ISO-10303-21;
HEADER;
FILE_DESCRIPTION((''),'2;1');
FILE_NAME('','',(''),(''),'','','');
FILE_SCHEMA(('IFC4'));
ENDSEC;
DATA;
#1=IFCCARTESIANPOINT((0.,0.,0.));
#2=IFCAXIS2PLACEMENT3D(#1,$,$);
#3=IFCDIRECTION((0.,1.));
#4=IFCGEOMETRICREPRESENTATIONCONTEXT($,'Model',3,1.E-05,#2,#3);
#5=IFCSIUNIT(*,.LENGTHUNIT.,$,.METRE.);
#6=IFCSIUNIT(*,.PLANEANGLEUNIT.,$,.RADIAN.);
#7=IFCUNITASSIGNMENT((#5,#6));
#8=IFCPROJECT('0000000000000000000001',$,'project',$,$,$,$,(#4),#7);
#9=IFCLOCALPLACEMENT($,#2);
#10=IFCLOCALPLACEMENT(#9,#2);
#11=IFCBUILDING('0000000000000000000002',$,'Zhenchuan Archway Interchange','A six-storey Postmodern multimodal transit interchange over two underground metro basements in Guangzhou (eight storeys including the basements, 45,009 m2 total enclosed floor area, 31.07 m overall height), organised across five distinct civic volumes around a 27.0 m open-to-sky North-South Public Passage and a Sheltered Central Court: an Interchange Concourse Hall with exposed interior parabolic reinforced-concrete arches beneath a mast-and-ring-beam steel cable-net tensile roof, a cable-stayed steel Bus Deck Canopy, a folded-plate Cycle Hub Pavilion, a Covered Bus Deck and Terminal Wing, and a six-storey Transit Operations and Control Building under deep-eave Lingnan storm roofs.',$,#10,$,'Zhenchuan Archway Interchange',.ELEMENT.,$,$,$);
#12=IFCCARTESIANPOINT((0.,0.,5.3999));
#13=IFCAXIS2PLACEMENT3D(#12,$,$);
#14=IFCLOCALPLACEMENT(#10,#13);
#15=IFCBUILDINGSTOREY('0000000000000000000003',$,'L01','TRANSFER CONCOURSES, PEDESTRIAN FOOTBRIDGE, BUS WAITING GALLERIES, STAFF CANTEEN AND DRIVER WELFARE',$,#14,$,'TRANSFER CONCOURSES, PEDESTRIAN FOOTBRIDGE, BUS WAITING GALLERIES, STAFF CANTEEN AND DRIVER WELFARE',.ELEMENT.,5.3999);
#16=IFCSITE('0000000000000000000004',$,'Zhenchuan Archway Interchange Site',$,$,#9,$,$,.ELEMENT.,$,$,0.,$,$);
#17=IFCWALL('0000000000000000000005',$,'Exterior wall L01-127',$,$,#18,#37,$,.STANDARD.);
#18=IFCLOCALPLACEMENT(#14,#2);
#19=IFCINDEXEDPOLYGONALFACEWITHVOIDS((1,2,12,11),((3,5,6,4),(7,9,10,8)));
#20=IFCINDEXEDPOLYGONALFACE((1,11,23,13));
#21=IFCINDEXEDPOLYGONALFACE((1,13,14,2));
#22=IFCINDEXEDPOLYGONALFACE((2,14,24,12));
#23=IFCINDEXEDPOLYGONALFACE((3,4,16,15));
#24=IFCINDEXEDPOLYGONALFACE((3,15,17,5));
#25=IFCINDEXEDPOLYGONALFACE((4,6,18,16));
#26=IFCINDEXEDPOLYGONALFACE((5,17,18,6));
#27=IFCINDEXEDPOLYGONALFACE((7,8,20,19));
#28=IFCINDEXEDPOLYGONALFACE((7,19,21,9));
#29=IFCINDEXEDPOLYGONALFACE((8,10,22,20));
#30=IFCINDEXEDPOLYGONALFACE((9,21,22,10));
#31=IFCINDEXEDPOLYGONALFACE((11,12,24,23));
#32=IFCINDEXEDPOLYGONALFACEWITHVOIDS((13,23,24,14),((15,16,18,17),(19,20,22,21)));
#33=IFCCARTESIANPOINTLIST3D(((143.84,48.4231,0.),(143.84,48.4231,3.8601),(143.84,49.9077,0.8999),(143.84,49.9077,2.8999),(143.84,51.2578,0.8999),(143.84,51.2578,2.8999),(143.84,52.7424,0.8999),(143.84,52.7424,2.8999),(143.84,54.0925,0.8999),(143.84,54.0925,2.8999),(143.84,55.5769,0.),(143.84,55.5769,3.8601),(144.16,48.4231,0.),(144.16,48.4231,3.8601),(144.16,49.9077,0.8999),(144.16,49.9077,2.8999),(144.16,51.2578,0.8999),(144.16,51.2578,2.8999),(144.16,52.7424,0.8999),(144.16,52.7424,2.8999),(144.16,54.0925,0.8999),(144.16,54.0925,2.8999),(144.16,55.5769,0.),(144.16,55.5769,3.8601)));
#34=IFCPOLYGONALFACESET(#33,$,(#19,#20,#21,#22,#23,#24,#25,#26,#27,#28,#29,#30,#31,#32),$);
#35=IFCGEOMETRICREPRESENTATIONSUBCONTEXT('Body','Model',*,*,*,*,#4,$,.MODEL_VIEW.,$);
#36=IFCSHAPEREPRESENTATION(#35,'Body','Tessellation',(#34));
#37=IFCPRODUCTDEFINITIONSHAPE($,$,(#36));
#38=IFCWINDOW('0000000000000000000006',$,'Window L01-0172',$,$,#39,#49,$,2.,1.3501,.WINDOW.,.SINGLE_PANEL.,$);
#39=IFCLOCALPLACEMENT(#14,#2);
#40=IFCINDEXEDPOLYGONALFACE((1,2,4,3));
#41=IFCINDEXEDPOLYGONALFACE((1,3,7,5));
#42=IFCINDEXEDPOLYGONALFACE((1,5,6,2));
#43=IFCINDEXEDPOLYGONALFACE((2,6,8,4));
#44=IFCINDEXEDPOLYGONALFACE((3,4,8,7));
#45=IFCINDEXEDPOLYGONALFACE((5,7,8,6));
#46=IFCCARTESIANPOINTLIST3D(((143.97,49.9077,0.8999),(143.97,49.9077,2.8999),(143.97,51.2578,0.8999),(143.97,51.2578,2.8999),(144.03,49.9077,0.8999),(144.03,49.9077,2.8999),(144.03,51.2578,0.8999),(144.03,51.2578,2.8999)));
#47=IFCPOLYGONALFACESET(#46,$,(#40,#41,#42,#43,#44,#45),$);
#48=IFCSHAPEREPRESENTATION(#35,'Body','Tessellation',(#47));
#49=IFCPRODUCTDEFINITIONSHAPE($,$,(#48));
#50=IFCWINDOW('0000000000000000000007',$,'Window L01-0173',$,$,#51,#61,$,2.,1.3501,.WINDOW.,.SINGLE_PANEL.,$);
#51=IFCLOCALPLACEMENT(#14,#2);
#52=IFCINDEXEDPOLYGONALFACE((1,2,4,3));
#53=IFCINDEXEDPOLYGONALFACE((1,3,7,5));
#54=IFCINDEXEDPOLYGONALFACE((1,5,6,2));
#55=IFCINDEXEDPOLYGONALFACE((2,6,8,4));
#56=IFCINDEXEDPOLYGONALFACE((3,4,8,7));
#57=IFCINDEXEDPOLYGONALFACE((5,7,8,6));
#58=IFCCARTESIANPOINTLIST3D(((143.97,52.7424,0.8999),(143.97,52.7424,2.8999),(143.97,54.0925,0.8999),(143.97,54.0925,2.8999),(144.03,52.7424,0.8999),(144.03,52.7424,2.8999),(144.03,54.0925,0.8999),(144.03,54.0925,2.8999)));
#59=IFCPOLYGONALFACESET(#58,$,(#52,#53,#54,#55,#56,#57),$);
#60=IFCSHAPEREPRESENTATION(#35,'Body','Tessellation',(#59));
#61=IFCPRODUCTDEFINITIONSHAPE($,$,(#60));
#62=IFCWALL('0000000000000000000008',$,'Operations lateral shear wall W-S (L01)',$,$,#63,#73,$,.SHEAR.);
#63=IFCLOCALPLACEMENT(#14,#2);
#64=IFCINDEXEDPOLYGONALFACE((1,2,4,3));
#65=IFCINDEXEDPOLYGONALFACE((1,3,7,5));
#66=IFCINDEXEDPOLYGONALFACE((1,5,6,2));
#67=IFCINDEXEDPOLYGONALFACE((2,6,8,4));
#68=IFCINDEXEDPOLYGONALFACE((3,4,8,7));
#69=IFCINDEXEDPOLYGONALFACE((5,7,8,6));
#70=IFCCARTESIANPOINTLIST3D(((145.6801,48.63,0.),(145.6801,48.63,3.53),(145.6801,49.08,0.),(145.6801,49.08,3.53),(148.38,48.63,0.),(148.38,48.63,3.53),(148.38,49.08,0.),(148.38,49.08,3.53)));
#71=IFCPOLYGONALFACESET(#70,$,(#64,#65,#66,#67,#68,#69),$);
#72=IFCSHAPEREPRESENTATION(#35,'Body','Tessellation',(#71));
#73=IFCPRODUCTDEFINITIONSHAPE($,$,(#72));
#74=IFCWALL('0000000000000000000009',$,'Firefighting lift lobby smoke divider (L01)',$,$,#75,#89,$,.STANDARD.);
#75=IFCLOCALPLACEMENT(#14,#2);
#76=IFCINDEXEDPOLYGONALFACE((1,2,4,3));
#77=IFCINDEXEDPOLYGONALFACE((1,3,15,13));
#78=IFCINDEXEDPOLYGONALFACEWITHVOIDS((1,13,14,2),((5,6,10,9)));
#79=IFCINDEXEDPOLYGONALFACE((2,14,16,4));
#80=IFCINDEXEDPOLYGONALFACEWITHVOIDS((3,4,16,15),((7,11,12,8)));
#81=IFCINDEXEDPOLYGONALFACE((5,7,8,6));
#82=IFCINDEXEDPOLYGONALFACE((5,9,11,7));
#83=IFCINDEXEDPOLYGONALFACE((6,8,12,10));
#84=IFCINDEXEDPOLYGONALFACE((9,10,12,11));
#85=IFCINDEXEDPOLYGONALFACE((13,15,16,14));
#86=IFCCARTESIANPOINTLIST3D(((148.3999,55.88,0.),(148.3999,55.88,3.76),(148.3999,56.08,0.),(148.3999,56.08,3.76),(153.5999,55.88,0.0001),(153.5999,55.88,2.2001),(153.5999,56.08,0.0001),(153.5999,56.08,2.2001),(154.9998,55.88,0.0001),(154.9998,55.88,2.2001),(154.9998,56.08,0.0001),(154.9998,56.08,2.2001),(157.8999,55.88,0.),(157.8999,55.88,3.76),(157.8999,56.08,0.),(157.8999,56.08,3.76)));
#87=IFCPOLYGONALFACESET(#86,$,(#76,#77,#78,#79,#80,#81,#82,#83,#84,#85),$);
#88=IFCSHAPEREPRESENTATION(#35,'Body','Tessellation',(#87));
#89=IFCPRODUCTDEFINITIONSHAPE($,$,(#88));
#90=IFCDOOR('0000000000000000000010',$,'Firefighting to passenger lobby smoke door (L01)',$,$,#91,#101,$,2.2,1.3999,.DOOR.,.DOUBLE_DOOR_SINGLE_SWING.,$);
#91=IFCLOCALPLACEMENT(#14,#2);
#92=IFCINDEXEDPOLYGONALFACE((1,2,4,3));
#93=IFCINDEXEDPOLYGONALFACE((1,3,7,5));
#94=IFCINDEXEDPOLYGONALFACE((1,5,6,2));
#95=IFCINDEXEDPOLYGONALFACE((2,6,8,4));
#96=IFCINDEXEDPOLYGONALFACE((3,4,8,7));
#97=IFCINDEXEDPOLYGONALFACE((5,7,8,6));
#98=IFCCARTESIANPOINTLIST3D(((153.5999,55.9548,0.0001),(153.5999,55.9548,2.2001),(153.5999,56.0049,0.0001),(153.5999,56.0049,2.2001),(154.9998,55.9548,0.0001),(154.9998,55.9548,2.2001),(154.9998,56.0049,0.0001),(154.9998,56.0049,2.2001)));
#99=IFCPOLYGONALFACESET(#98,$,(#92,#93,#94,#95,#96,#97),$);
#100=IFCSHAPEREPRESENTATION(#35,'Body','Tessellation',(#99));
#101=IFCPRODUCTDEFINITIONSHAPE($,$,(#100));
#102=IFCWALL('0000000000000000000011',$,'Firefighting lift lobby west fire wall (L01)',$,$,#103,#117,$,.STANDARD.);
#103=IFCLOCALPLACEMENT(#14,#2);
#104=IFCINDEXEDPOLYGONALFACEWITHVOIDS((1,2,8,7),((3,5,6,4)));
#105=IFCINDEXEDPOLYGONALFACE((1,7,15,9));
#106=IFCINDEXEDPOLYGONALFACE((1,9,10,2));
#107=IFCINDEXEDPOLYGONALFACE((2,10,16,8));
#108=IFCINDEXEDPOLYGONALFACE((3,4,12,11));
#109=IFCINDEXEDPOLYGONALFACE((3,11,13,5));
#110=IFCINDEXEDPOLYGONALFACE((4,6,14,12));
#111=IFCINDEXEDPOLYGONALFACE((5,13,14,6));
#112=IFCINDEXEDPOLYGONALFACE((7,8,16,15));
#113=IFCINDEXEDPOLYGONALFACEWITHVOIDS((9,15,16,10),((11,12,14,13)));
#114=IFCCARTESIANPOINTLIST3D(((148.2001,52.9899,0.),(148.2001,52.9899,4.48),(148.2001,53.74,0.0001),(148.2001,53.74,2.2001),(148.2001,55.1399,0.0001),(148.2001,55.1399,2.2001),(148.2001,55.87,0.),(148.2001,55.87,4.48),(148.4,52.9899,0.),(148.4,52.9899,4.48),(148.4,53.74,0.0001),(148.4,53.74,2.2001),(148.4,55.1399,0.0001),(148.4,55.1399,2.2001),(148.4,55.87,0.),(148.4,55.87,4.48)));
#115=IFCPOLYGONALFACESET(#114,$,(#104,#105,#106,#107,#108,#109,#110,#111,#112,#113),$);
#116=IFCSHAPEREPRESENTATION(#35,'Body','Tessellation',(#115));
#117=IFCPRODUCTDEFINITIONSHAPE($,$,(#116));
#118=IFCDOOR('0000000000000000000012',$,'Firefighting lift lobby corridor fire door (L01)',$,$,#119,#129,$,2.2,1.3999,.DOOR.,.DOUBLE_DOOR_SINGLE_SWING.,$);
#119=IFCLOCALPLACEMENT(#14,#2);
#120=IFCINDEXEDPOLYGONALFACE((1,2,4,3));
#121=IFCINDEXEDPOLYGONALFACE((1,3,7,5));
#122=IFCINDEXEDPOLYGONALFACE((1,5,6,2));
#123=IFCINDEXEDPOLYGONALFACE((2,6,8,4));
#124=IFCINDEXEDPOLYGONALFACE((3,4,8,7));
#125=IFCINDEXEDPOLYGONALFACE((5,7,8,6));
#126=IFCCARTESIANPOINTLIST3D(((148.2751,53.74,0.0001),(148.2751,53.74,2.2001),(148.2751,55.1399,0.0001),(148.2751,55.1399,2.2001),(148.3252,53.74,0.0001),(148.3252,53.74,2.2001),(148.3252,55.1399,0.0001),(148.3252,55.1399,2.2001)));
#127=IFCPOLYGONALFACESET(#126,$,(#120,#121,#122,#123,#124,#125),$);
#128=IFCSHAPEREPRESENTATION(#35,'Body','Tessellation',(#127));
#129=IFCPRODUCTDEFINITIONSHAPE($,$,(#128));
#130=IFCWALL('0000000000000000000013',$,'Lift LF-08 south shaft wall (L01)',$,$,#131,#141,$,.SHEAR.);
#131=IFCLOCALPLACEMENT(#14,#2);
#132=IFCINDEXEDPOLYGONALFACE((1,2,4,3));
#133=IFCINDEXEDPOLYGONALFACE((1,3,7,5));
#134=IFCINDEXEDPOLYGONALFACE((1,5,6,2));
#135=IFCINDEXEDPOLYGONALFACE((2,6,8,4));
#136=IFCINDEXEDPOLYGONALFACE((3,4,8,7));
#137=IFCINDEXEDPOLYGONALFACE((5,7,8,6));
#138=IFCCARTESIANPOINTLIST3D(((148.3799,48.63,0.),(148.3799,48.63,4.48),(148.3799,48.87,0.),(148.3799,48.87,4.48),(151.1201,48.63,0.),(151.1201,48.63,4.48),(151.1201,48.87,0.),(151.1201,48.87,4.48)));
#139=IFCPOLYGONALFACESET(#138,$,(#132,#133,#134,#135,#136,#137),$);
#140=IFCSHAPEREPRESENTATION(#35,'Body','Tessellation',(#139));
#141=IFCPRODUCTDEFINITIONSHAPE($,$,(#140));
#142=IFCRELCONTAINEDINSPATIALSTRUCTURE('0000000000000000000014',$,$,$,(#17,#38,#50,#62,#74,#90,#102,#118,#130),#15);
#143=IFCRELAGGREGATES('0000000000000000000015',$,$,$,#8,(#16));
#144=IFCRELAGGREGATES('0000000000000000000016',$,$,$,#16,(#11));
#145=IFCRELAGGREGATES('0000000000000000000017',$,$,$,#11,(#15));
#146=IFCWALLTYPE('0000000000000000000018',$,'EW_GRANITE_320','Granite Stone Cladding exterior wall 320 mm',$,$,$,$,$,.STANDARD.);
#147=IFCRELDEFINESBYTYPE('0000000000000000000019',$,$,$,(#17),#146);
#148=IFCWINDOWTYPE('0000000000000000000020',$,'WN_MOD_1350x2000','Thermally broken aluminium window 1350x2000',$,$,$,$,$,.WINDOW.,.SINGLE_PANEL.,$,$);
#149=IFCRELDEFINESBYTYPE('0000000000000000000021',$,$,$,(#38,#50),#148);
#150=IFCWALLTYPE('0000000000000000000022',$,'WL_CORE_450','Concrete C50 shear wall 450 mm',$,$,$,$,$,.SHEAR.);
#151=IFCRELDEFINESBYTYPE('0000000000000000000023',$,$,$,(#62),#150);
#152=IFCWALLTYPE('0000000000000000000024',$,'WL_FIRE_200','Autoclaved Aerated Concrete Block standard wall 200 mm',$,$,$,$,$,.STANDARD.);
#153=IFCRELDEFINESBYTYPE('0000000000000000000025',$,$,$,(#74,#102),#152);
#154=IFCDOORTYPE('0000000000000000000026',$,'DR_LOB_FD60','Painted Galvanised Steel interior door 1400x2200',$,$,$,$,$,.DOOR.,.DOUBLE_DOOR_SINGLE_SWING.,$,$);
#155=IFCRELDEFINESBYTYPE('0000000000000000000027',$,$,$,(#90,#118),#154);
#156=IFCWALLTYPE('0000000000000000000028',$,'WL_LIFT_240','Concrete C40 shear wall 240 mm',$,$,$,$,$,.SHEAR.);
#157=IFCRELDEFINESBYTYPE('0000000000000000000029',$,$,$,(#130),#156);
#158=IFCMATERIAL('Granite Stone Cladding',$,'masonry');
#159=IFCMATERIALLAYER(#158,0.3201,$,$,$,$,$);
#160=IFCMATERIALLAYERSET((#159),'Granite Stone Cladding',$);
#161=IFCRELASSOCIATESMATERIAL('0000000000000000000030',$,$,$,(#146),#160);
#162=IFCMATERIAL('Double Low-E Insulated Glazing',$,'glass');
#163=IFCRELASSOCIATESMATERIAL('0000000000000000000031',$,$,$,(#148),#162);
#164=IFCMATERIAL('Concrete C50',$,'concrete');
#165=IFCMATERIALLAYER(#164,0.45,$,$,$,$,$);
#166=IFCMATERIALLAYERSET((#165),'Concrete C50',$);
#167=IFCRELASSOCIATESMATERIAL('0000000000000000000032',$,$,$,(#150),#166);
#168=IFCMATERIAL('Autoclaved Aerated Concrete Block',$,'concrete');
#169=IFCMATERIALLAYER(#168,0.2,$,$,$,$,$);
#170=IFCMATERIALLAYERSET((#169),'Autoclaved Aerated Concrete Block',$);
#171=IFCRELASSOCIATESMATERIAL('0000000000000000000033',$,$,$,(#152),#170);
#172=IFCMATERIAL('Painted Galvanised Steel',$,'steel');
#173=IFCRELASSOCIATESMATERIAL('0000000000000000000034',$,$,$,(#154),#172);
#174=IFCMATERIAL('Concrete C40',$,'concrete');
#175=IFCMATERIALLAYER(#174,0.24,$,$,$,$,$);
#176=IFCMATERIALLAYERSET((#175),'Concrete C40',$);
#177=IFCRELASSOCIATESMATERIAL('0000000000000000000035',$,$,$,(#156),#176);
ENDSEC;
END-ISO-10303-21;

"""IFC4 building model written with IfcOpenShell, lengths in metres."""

from ifc_helpers import new_model, si_unit, direction, frame, frame_2d, origin, place, context, subcontext, project, spatial, rectangle, extrude, material, layer, layer_set, type_object, element, fill, save


model = new_model("IFC4")

# Units and contexts
model_context = context("Model", 3, precision=1e-05, world=origin(), true_north=direction((0.0, 1.0)))
body_context = subcontext(model_context, "Body", "Model", "MODEL_VIEW")
ifc_project = project(units=[si_unit("LENGTHUNIT", "METRE"), si_unit("PLANEANGLEUNIT", "RADIAN")], contexts=[model_context])

# Site, building, storey
site_placement = place(None, origin())
site = spatial("IfcSite", under=ifc_project, at=site_placement, Name="Zhenchuan Archway Interchange Site", CompositionType="ELEMENT", RefElevation=0.0)
building_placement = place(site_placement, origin())
building = spatial("IfcBuilding", under=site, at=building_placement, Name="Zhenchuan Archway Interchange", Description="A six-storey Postmodern multimodal transit interchange over two underground metro basements in Guangzhou (eight storeys including the basements, 45,009 m2 total enclosed floor area, 31.07 m overall height), organised across five distinct civic volumes around a 27.0 m open-to-sky North-South Public Passage and a Sheltered Central Court: an Interchange Concourse Hall with exposed interior parabolic reinforced-concrete arches beneath a mast-and-ring-beam steel cable-net tensile roof, a cable-stayed steel Bus Deck Canopy, a folded-plate Cycle Hub Pavilion, a Covered Bus Deck and Terminal Wing, and a six-storey Transit Operations and Control Building under deep-eave Lingnan storm roofs.", LongName="Zhenchuan Archway Interchange", CompositionType="ELEMENT")
storey_placement = place(building_placement, frame((0.0, 0.0, 5.3999)))
storey = spatial("IfcBuildingStorey", under=building, at=storey_placement, Name="L01", Description="TRANSFER CONCOURSES, PEDESTRIAN FOOTBRIDGE, BUS WAITING GALLERIES, STAFF CANTEEN AND DRIVER WELFARE", LongName="TRANSFER CONCOURSES, PEDESTRIAN FOOTBRIDGE, BUS WAITING GALLERIES, STAFF CANTEEN AND DRIVER WELFARE", CompositionType="ELEMENT", Elevation=5.3999)

# Shared definitions
ifc_material_1 = material(Name="Concrete C50", Category="concrete")

# Shared definitions
ifc_material_2 = material(Name="Concrete C40", Category="concrete")

# Shared definitions
ifc_material_3 = material(Name="Double Low-E Insulated Glazing", Category="glass")

# Wall, openings, windows
ifc_material_4 = material(Name="Granite Stone Cladding", Category="masonry")
ifc_layer_1 = layer(ifc_material_4, 0.3201)
ifc_layer_set_1 = layer_set([ifc_layer_1], Name="Granite Stone Cladding")
wall_type_1 = type_object("IfcWallType", Name="EW_GRANITE_320", Description="Granite Stone Cladding exterior wall 320 mm", PredefinedType="STANDARD", material=ifc_layer_set_1)
wall_1_placement = place(storey_placement, frame((144.0, 48.4231, 0.0), z_axis=(0.0, 0.0, 1.0), x_axis=(0.0, 1.0, 0.0)))
wall_1 = element("IfcWall", 1, at=wall_1_placement, inside=storey, type_object=wall_type_1, Name="Exterior wall L01-127", PredefinedType="STANDARD", context=body_context, shape_type="SweptSolid", body=[
    extrude(rectangle(XDim=7.1538, YDim=0.3201, at=frame_2d((3.5769, 0.0))), origin(), (0.0, 0.0, 1.0), 3.8601),
])
opening_1_placement = place(wall_1_placement, frame((1.4846, 0.0, 0.8999)))
opening_1 = element("IfcOpeningElement", 2, at=opening_1_placement, cuts=wall_1, PredefinedType="OPENING", context=body_context, shape_type="SweptSolid", body=[
    extrude(rectangle(XDim=1.3501, YDim=2.0, at=frame_2d((0.675, 1.0))), frame((0.0, 0.1719, 0.0), z_axis=(0.0, -1.0, 0.0), x_axis=(1.0, 0.0, 0.0)), (0.0, 0.0, 1.0), 0.344),
])
opening_2_placement = place(wall_1_placement, frame((4.3193, 0.0, 0.8999)))
opening_2 = element("IfcOpeningElement", 3, at=opening_2_placement, cuts=wall_1, PredefinedType="OPENING", context=body_context, shape_type="SweptSolid", body=[
    extrude(rectangle(XDim=1.3501, YDim=2.0, at=frame_2d((0.675, 1.0))), frame((0.0, 0.1719, 0.0), z_axis=(0.0, -1.0, 0.0), x_axis=(1.0, 0.0, 0.0)), (0.0, 0.0, 1.0), 0.344),
])
window_type = type_object("IfcWindowType", Name="WN_MOD_1350x2000", Description="Thermally broken aluminium window 1350x2000", PartitioningType="SINGLE_PANEL", PredefinedType="WINDOW", material=ifc_material_3)
window_1_placement = place(opening_1_placement, origin())
window_1 = element("IfcWindow", 4, at=window_1_placement, inside=storey, type_object=window_type, Name="Window L01-0172", OverallHeight=2.0, OverallWidth=1.3501, PartitioningType="SINGLE_PANEL", PredefinedType="WINDOW", context=body_context, shape_type="SweptSolid", body=[
    extrude(rectangle(XDim=1.3501, YDim=2.0, at=frame_2d((0.675, 1.0))), frame((0.0, 0.03, 0.0), z_axis=(0.0, -1.0, 0.0), x_axis=(1.0, 0.0, 0.0)), (0.0, 0.0, 1.0), 0.0601),
])
fill(opening_1, window_1)
window_2_placement = place(opening_2_placement, origin())
window_2 = element("IfcWindow", 5, at=window_2_placement, inside=storey, type_object=window_type, Name="Window L01-0173", OverallHeight=2.0, OverallWidth=1.3501, PartitioningType="SINGLE_PANEL", PredefinedType="WINDOW", context=body_context, shape_type="SweptSolid", body=[
    extrude(rectangle(XDim=1.3501, YDim=2.0, at=frame_2d((0.675, 1.0))), frame((0.0, 0.03, 0.0), z_axis=(0.0, -1.0, 0.0), x_axis=(1.0, 0.0, 0.0)), (0.0, 0.0, 1.0), 0.0601),
])
fill(opening_2, window_2)

# Wall
ifc_layer_2 = layer(ifc_material_1, 0.45)
ifc_layer_set_2 = layer_set([ifc_layer_2], Name="Concrete C50")
wall_type_2 = type_object("IfcWallType", Name="WL_CORE_450", Description="Concrete C50 shear wall 450 mm", PredefinedType="SHEAR", material=ifc_layer_set_2)
wall_2_placement = place(storey_placement, frame((145.6799, 48.855, 0.0), z_axis=(0.0, 0.0, 1.0), x_axis=(1.0, 0.0, 0.0)))
element("IfcWall", 6, at=wall_2_placement, inside=storey, type_object=wall_type_2, Name="Operations lateral shear wall W-S (L01)", PredefinedType="SHEAR", context=body_context, shape_type="SweptSolid", body=[
    extrude(rectangle(XDim=2.7, YDim=0.45, at=frame_2d((1.3501, 0.0))), origin(), (0.0, 0.0, 1.0), 3.53),
])

# Walls, openings, doors
ifc_material_5 = material(Name="Autoclaved Aerated Concrete Block", Category="concrete")
ifc_layer_3 = layer(ifc_material_5, 0.2)
ifc_layer_set_3 = layer_set([ifc_layer_3], Name="Autoclaved Aerated Concrete Block")
wall_type_3 = type_object("IfcWallType", Name="WL_FIRE_200", Description="Autoclaved Aerated Concrete Block standard wall 200 mm", PredefinedType="STANDARD", material=ifc_layer_set_3)
wall_3_placement = place(storey_placement, frame((148.3999, 55.98, 0.0), z_axis=(0.0, 0.0, 1.0), x_axis=(1.0, 0.0, 0.0)))
wall_3 = element("IfcWall", 7, at=wall_3_placement, inside=storey, type_object=wall_type_3, Name="Firefighting lift lobby smoke divider (L01)", PredefinedType="STANDARD", context=body_context, shape_type="SweptSolid", body=[
    extrude(rectangle(XDim=9.5, YDim=0.2, at=frame_2d((4.75, 0.0))), origin(), (0.0, 0.0, 1.0), 3.76),
])
opening_3_placement = place(wall_3_placement, frame((5.2, 0.0, 0.0)))
opening_3 = element("IfcOpeningElement", 8, at=opening_3_placement, cuts=wall_3, PredefinedType="OPENING", context=body_context, shape_type="SweptSolid", body=[
    extrude(rectangle(XDim=1.3999, YDim=2.2, at=frame_2d((0.7, 1.1001))), frame((0.0, 0.1118, 0.0), z_axis=(0.0, -1.0, 0.0), x_axis=(1.0, 0.0, 0.0)), (0.0, 0.0, 1.0), 0.2239),
])
ifc_material_6 = material(Name="Painted Galvanised Steel", Category="steel")
door_type_1 = type_object("IfcDoorType", Name="DR_LOB_FD60", Description="Painted Galvanised Steel interior door 1400x2200", OperationType="DOUBLE_DOOR_SINGLE_SWING", PredefinedType="DOOR", material=ifc_material_6)
door_1_placement = place(opening_3_placement, origin())
door_1 = element("IfcDoor", 9, at=door_1_placement, inside=storey, type_object=door_type_1, Name="Firefighting to passenger lobby smoke door (L01)", OperationType="DOUBLE_DOOR_SINGLE_SWING", OverallHeight=2.2, OverallWidth=1.3999, PredefinedType="DOOR", context=body_context, shape_type="SweptSolid", body=[
    extrude(rectangle(XDim=1.3999, YDim=2.2, at=frame_2d((0.7, 1.1001))), frame((0.0, 0.0249, 0.0), z_axis=(0.0, -1.0, 0.0), x_axis=(1.0, 0.0, 0.0)), (0.0, 0.0, 1.0), 0.05),
])
fill(opening_3, door_1)
wall_4_placement = place(storey_placement, frame((148.3, 52.99, 0.0), z_axis=(0.0, 0.0, 1.0), x_axis=(0.0, 1.0, 0.0)))
wall_4 = element("IfcWall", 10, at=wall_4_placement, inside=storey, type_object=wall_type_3, Name="Firefighting lift lobby west fire wall (L01)", PredefinedType="STANDARD", context=body_context, shape_type="SweptSolid", body=[
    extrude(rectangle(XDim=2.8801, YDim=0.2, at=frame_2d((1.4399, 0.0))), origin(), (0.0, 0.0, 1.0), 4.48),
])
opening_4_placement = place(wall_4_placement, frame((0.75, 0.0, 0.0)))
opening_4 = element("IfcOpeningElement", 11, at=opening_4_placement, cuts=wall_4, PredefinedType="OPENING", context=body_context, shape_type="SweptSolid", body=[
    extrude(rectangle(XDim=1.3999, YDim=2.2, at=frame_2d((0.7, 1.1001))), frame((0.0, 0.1118, 0.0), z_axis=(0.0, -1.0, 0.0), x_axis=(1.0, 0.0, 0.0)), (0.0, 0.0, 1.0), 0.2239),
])
door_2_placement = place(opening_4_placement, origin())
door_2 = element("IfcDoor", 12, at=door_2_placement, inside=storey, type_object=door_type_1, Name="Firefighting lift lobby corridor fire door (L01)", OperationType="DOUBLE_DOOR_SINGLE_SWING", OverallHeight=2.2, OverallWidth=1.3999, PredefinedType="DOOR", context=body_context, shape_type="SweptSolid", body=[
    extrude(rectangle(XDim=1.3999, YDim=2.2, at=frame_2d((0.7, 1.1001))), frame((0.0, 0.0249, 0.0), z_axis=(0.0, -1.0, 0.0), x_axis=(1.0, 0.0, 0.0)), (0.0, 0.0, 1.0), 0.05),
])
fill(opening_4, door_2)

# Wall
ifc_layer_4 = layer(ifc_material_2, 0.24)
ifc_layer_set_4 = layer_set([ifc_layer_4], Name="Concrete C40")
wall_type_4 = type_object("IfcWallType", Name="WL_LIFT_240", Description="Concrete C40 shear wall 240 mm", PredefinedType="SHEAR", material=ifc_layer_set_4)
wall_5_placement = place(storey_placement, frame((148.3799, 48.75, 0.0), z_axis=(0.0, 0.0, 1.0), x_axis=(1.0, 0.0, 0.0)))
element("IfcWall", 13, at=wall_5_placement, inside=storey, type_object=wall_type_4, Name="Lift LF-08 south shaft wall (L01)", PredefinedType="SHEAR", context=body_context, shape_type="SweptSolid", body=[
    extrude(rectangle(XDim=2.7402, YDim=0.24, at=frame_2d((1.3701, 0.0))), origin(), (0.0, 0.0, 1.0), 4.48),
])

save(model, "model.ifc")
